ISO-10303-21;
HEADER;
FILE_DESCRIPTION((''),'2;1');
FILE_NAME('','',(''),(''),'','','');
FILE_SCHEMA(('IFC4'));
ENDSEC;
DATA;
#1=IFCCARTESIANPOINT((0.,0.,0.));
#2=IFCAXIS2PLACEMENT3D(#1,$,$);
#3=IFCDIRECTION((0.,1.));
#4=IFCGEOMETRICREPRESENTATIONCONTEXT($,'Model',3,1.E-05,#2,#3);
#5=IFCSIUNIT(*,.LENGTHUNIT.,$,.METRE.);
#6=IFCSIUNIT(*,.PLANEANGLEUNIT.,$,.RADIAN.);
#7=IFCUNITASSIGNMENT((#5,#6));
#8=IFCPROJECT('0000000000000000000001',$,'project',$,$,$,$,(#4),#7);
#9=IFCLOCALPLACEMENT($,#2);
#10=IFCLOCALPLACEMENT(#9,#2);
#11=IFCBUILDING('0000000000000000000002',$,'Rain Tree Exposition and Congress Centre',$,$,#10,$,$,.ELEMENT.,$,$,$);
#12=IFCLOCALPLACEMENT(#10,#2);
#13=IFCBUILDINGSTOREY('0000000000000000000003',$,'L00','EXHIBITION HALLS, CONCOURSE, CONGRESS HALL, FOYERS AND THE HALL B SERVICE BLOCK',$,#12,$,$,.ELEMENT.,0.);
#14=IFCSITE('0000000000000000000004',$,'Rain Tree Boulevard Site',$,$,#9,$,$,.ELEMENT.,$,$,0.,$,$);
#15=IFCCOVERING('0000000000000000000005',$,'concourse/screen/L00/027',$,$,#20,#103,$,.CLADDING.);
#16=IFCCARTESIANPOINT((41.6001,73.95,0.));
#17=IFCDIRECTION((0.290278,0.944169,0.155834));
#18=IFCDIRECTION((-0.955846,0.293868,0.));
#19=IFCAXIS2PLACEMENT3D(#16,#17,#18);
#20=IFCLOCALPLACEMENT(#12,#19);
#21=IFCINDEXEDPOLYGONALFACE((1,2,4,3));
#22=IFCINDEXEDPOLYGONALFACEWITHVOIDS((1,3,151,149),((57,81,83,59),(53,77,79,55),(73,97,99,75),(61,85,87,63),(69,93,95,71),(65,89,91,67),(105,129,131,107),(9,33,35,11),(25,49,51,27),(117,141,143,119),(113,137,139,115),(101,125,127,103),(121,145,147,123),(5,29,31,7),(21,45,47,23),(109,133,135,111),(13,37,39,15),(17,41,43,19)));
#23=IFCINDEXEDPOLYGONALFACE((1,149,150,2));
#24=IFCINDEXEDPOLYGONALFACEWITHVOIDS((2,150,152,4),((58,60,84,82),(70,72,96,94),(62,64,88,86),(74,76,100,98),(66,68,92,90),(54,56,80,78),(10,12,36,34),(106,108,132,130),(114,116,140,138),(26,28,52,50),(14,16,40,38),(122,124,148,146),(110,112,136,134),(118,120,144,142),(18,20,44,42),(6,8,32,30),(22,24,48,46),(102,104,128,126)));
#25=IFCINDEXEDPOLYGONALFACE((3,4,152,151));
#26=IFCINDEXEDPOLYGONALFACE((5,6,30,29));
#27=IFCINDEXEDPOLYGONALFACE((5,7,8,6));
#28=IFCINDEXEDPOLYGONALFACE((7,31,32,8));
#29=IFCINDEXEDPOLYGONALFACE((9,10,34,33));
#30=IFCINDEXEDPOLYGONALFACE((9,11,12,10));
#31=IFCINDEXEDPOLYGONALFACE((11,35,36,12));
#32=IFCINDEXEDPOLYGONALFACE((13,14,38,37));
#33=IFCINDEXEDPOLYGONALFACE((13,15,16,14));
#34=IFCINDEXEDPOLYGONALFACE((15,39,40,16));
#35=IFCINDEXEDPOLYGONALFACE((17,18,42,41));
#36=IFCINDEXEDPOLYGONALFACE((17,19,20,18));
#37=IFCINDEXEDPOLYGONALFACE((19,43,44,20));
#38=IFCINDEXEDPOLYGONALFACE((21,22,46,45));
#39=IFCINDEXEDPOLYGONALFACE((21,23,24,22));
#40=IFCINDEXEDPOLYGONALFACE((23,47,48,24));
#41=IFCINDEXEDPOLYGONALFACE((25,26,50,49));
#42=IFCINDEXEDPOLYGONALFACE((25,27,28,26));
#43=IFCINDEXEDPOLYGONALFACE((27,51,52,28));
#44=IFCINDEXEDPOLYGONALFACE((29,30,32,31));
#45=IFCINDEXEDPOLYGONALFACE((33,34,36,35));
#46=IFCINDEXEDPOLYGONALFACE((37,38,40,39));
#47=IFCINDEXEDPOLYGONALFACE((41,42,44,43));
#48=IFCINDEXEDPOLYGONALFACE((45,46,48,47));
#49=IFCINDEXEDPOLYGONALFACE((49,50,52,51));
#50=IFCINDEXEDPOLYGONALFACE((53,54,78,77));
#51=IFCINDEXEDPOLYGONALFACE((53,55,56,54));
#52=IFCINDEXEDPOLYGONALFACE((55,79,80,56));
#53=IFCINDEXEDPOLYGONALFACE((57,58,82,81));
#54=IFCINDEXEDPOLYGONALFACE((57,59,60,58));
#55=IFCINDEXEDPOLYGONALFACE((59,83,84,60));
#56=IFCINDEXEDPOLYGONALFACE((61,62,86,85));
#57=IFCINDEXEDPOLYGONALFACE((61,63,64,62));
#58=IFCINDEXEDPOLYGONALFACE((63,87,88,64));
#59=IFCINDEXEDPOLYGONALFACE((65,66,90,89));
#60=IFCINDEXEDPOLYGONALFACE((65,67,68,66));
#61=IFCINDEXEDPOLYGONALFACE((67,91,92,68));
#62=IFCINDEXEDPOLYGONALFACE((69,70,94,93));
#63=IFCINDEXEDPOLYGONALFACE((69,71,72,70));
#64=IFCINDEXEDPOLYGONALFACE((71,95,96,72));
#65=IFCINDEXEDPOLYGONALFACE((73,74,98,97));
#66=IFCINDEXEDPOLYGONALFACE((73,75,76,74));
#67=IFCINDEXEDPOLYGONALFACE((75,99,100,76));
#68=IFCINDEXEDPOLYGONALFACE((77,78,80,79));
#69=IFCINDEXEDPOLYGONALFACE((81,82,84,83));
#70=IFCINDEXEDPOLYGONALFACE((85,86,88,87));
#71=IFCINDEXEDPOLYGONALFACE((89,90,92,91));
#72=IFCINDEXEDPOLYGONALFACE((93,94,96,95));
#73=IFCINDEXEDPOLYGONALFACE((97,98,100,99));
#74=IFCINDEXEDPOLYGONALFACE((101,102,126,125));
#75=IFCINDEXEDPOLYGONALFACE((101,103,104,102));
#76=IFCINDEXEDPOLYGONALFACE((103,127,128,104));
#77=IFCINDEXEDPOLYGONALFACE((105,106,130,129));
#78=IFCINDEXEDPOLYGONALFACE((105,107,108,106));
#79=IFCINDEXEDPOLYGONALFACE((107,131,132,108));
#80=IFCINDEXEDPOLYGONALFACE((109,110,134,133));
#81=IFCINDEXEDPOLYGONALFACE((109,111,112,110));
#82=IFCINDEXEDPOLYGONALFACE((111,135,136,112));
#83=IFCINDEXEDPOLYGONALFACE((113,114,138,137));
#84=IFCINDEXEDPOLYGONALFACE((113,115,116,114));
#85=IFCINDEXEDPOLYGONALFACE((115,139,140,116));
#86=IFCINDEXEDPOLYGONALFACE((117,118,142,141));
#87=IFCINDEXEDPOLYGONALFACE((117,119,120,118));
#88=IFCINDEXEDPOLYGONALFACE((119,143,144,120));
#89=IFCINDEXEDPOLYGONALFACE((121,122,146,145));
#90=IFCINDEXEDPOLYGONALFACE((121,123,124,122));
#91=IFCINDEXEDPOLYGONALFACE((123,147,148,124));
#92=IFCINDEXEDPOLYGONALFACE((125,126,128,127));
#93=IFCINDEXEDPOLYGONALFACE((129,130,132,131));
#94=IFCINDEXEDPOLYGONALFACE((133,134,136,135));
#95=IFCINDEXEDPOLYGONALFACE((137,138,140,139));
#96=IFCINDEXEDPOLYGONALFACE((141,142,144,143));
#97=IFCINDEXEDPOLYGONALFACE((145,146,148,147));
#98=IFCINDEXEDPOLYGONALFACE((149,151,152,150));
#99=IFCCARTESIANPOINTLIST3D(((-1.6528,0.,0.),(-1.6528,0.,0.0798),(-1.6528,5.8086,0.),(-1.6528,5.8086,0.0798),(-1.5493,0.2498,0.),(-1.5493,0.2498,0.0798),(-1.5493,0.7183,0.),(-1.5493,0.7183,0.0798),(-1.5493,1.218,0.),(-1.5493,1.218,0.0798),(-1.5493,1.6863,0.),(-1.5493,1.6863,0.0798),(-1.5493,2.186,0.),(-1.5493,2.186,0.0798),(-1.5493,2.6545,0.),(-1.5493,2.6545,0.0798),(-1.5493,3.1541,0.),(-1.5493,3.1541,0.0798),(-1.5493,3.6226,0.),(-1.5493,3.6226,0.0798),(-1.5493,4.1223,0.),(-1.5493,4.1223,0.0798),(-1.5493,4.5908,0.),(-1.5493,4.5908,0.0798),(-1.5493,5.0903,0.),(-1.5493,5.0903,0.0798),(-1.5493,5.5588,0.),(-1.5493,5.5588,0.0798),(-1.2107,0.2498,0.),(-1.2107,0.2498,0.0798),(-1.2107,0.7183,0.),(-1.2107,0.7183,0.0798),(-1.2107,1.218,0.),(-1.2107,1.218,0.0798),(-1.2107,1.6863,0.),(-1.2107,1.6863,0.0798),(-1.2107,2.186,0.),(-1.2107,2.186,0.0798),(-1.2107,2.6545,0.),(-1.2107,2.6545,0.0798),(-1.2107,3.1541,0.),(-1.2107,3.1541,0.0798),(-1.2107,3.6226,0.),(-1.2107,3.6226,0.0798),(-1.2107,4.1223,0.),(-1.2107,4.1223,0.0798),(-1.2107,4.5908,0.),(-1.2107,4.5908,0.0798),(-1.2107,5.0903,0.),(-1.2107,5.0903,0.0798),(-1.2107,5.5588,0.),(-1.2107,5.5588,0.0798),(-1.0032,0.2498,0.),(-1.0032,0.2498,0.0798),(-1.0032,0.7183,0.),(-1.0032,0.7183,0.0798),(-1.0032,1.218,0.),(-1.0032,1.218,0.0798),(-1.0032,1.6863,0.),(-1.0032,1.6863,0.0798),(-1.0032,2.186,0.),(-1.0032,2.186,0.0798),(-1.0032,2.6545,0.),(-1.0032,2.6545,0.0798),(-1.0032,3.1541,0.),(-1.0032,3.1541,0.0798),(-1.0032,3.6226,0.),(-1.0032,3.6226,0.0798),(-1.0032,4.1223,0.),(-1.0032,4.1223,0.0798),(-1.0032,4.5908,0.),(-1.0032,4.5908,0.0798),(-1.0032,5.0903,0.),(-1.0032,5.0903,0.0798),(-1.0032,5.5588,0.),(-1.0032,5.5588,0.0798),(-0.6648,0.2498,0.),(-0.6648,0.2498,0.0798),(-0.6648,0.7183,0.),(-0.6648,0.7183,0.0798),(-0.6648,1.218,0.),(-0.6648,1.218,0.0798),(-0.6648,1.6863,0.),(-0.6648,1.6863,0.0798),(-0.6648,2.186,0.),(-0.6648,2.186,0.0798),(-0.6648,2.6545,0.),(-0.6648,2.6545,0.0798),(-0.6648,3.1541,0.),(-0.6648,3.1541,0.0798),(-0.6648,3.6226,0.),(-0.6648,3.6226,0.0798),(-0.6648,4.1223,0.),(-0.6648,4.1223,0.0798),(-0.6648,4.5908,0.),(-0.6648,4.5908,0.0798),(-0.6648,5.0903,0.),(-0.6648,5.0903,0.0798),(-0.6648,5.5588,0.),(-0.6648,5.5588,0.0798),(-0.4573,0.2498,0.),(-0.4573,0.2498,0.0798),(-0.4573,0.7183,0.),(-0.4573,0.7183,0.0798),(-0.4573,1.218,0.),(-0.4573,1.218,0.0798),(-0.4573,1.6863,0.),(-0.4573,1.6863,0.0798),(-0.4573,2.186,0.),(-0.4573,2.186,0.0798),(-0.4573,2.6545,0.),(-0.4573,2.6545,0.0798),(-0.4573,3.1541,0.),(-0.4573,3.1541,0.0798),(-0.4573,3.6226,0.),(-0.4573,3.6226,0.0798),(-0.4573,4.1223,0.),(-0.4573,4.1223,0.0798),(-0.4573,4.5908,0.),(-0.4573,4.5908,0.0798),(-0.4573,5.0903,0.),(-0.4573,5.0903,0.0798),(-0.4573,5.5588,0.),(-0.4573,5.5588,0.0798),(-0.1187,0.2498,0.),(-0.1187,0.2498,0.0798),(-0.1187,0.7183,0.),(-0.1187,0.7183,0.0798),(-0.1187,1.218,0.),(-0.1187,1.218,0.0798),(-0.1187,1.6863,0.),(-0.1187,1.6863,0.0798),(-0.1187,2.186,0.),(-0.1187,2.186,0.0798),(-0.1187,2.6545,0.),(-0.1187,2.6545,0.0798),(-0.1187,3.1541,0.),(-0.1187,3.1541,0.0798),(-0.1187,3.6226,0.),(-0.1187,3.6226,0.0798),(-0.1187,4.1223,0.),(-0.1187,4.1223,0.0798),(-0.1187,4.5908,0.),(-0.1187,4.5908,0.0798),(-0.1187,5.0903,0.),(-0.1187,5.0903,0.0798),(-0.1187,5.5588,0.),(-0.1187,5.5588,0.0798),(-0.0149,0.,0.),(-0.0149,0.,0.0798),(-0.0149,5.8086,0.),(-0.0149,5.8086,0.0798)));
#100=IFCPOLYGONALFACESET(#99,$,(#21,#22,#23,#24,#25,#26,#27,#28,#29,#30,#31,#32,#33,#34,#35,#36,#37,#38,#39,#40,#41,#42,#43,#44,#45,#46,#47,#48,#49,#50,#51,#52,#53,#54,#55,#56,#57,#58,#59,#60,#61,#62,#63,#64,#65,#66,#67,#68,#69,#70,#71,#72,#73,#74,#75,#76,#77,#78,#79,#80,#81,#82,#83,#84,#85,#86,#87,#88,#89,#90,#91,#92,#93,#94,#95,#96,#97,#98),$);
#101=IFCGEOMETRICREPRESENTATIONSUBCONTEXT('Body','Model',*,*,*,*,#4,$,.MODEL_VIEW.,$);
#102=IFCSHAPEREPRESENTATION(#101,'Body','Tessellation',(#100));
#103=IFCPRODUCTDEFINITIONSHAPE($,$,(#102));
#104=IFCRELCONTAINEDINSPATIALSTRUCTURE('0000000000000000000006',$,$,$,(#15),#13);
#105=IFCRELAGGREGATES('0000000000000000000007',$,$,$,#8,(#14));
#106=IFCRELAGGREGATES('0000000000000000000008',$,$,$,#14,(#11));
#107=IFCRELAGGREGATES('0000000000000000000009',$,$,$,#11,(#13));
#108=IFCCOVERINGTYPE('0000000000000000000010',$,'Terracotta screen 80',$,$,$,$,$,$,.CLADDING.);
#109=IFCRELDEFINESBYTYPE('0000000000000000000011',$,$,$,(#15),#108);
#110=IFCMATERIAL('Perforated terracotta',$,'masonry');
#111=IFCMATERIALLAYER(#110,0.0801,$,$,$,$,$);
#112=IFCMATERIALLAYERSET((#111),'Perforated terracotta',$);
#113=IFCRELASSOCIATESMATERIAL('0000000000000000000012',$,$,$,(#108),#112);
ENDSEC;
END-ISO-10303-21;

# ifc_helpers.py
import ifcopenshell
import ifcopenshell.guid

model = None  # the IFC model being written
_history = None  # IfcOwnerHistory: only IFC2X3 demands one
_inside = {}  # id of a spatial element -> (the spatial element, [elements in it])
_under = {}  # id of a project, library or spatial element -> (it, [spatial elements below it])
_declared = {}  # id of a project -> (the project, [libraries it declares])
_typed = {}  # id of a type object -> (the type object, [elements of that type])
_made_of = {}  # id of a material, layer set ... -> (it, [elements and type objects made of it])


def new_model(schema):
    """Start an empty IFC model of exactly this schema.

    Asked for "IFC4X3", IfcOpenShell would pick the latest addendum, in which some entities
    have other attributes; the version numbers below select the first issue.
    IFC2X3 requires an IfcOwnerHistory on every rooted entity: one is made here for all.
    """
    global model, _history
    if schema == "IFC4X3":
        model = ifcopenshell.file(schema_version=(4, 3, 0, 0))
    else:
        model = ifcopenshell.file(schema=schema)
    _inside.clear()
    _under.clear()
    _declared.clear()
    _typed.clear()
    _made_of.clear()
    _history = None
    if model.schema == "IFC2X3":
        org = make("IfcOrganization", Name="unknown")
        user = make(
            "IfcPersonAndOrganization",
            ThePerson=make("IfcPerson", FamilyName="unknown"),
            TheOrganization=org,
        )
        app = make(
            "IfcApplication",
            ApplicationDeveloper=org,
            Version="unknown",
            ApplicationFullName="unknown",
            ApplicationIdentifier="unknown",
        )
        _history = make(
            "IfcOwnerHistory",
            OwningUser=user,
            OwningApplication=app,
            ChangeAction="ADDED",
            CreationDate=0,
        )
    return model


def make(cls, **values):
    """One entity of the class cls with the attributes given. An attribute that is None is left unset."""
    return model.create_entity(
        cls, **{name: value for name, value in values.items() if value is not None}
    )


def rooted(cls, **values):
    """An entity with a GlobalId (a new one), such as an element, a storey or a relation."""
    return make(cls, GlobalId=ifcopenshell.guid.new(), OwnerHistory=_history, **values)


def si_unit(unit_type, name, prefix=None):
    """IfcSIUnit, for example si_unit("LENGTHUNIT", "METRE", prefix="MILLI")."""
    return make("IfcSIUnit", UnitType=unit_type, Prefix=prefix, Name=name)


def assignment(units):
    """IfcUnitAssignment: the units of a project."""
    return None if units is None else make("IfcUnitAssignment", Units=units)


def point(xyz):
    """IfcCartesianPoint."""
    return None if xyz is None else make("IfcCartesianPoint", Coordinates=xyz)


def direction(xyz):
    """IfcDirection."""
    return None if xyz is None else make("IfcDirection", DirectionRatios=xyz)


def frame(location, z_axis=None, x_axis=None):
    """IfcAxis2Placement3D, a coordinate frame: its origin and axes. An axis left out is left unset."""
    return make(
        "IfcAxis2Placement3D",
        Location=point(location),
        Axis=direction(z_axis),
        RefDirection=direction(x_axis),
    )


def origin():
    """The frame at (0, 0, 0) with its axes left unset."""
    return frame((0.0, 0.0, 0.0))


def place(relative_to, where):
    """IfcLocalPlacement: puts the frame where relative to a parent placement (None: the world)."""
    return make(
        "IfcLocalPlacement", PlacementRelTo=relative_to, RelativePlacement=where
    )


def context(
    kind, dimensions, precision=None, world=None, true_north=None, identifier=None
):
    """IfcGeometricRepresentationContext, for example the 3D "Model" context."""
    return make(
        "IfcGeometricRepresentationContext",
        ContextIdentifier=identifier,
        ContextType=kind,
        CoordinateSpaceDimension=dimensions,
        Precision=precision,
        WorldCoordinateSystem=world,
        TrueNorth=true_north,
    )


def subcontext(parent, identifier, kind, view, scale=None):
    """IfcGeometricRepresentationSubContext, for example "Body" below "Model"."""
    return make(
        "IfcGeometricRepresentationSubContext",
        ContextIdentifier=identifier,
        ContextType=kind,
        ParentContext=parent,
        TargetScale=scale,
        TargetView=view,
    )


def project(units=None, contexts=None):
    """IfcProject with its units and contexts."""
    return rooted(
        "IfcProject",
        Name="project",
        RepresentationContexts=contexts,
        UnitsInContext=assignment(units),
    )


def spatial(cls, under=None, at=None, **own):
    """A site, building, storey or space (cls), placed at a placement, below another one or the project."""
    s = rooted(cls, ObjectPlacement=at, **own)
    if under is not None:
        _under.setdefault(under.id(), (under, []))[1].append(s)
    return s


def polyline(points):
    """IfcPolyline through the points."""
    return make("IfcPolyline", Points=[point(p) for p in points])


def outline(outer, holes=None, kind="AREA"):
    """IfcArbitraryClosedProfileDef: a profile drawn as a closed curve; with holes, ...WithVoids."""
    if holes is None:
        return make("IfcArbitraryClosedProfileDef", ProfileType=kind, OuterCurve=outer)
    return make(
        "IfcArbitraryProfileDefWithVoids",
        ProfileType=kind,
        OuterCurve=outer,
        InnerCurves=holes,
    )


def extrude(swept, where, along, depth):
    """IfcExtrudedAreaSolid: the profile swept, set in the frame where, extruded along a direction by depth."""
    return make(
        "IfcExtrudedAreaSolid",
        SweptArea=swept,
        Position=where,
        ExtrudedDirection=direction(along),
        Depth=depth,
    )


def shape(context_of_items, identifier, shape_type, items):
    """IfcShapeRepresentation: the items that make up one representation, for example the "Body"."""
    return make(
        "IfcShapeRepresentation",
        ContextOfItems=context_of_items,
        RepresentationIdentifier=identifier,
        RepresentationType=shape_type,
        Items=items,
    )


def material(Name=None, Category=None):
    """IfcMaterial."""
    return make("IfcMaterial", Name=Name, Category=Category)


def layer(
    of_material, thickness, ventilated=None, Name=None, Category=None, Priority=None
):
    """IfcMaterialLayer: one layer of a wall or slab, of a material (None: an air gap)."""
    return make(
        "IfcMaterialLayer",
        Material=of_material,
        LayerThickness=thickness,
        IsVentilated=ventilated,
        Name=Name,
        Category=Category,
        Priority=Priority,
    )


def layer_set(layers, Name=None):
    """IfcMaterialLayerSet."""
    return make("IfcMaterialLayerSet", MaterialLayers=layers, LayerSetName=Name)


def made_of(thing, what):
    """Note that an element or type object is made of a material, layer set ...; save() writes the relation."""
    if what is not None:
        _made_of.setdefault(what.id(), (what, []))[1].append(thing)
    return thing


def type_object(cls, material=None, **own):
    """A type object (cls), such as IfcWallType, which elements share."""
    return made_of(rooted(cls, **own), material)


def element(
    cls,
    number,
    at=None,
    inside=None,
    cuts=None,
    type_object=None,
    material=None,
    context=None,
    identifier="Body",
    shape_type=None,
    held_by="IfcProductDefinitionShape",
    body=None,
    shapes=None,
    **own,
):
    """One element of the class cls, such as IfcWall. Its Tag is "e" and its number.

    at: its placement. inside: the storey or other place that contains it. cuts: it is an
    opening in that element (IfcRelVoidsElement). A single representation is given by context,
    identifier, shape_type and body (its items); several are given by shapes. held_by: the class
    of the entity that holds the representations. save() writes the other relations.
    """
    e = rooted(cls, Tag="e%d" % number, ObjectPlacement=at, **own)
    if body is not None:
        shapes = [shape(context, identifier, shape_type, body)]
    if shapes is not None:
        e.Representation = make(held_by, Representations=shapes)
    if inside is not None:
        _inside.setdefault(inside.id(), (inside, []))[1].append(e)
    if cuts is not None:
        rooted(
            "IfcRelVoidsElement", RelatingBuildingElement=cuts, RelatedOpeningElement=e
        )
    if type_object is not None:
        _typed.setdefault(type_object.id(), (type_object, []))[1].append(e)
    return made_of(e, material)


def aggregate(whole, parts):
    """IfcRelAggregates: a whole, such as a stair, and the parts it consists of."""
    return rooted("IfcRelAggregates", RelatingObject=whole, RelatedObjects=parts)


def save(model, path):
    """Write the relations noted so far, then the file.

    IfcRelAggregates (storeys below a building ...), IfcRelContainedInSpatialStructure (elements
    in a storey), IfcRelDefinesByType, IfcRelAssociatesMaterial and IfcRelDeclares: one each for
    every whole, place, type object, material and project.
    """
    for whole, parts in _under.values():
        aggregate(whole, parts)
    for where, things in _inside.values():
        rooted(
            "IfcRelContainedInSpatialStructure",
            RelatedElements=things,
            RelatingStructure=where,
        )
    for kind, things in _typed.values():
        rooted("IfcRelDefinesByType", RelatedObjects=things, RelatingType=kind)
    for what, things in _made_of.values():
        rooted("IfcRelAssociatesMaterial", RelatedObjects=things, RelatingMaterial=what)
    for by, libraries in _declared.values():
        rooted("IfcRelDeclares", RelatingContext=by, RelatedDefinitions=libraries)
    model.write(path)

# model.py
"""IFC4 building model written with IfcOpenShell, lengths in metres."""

from ifc_helpers import new_model, si_unit, direction, frame, origin, place, context, subcontext, project, spatial, polyline, outline, extrude, material, layer, layer_set, type_object, element, save


model = new_model("IFC4")

# Units and contexts
model_context = context("Model", 3, precision=1e-05, world=origin(), true_north=direction((0.0, 1.0)))
body_context = subcontext(model_context, "Body", "Model", "MODEL_VIEW")
ifc_project = project(units=[si_unit("LENGTHUNIT", "METRE"), si_unit("PLANEANGLEUNIT", "RADIAN")], contexts=[model_context])

# Site, building, storey
site_placement = place(None, origin())
site = spatial("IfcSite", under=ifc_project, at=site_placement, Name="Rain Tree Boulevard Site", CompositionType="ELEMENT", RefElevation=0.0)
building_placement = place(site_placement, origin())
building = spatial("IfcBuilding", under=site, at=building_placement, Name="Rain Tree Exposition and Congress Centre", CompositionType="ELEMENT")
storey_placement = place(building_placement, origin())
storey = spatial("IfcBuildingStorey", under=building, at=storey_placement, Name="L00", Description="EXHIBITION HALLS, CONCOURSE, CONGRESS HALL, FOYERS AND THE HALL B SERVICE BLOCK", CompositionType="ELEMENT", Elevation=0.0)

# Covering
ifc_material_1 = material(Name="Perforated terracotta", Category="masonry")
ifc_layer_1 = layer(ifc_material_1, 0.0801)
ifc_layer_set_1 = layer_set([ifc_layer_1], Name="Perforated terracotta")
covering_type = type_object("IfcCoveringType", Name="Terracotta screen 80", PredefinedType="CLADDING", material=ifc_layer_set_1)
covering_1_placement = place(storey_placement, frame((41.6001, 73.95, 0.0), z_axis=(0.290278, 0.944169, 0.155834), x_axis=(-0.955846, 0.293868, 0.0)))
element("IfcCovering", 1, at=covering_1_placement, inside=storey, type_object=covering_type, Name="concourse/screen/L00/027", PredefinedType="CLADDING", context=body_context, shape_type="SweptSolid", body=[
    extrude(outline(polyline([(-0.0149, 0.0), (-1.6528, 0.0), (-1.6528, 5.8086), (-0.0149, 5.8086), (-0.0149, 0.0)]), holes=[polyline([(-0.1187, 0.2498), (-0.1187, 0.7183), (-0.4573, 0.7183), (-0.4573, 0.2498), (-0.1187, 0.2498)]), polyline([(-0.1187, 1.218), (-0.1187, 1.6863), (-0.4573, 1.6863), (-0.4573, 1.218), (-0.1187, 1.218)]), polyline([(-0.1187, 2.186), (-0.1187, 2.6545), (-0.4573, 2.6545), (-0.4573, 2.186), (-0.1187, 2.186)]), polyline([(-0.1187, 3.1541), (-0.1187, 3.6226), (-0.4573, 3.6226), (-0.4573, 3.1541), (-0.1187, 3.1541)]), polyline([(-0.1187, 4.1223), (-0.1187, 4.5908), (-0.4573, 4.5908), (-0.4573, 4.1223), (-0.1187, 4.1223)]), polyline([(-0.1187, 5.0903), (-0.1187, 5.5588), (-0.4573, 5.5588), (-0.4573, 5.0903), (-0.1187, 5.0903)]), polyline([(-0.6648, 0.2498), (-0.6648, 0.7183), (-1.0032, 0.7183), (-1.0032, 0.2498), (-0.6648, 0.2498)]), polyline([(-0.6648, 1.218), (-0.6648, 1.6863), (-1.0032, 1.6863), (-1.0032, 1.218), (-0.6648, 1.218)]), polyline([(-0.6648, 2.186), (-0.6648, 2.6545), (-1.0032, 2.6545), (-1.0032, 2.186), (-0.6648, 2.186)]), polyline([(-0.6648, 3.1541), (-0.6648, 3.6226), (-1.0032, 3.6226), (-1.0032, 3.1541), (-0.6648, 3.1541)]), polyline([(-0.6648, 4.1223), (-0.6648, 4.5908), (-1.0032, 4.5908), (-1.0032, 4.1223), (-0.6648, 4.1223)]), polyline([(-0.6648, 5.0903), (-0.6648, 5.5588), (-1.0032, 5.5588), (-1.0032, 5.0903), (-0.6648, 5.0903)]), polyline([(-1.2107, 0.2498), (-1.2107, 0.7183), (-1.5493, 0.7183), (-1.5493, 0.2498), (-1.2107, 0.2498)]), polyline([(-1.2107, 1.218), (-1.2107, 1.6863), (-1.5493, 1.6863), (-1.5493, 1.218), (-1.2107, 1.218)]), polyline([(-1.2107, 2.186), (-1.2107, 2.6545), (-1.5493, 2.6545), (-1.5493, 2.186), (-1.2107, 2.186)]), polyline([(-1.2107, 3.1541), (-1.2107, 3.6226), (-1.5493, 3.6226), (-1.5493, 3.1541), (-1.2107, 3.1541)]), polyline([(-1.2107, 4.1223), (-1.2107, 4.5908), (-1.5493, 4.5908), (-1.5493, 4.1223), (-1.2107, 4.1223)]), polyline([(-1.2107, 5.0903), (-1.2107, 5.5588), (-1.5493, 5.5588), (-1.5493, 5.0903), (-1.2107, 5.0903)])]), origin(), (0.0, 0.0, 1.0), 0.0798),
])

save(model, "model.ifc")
